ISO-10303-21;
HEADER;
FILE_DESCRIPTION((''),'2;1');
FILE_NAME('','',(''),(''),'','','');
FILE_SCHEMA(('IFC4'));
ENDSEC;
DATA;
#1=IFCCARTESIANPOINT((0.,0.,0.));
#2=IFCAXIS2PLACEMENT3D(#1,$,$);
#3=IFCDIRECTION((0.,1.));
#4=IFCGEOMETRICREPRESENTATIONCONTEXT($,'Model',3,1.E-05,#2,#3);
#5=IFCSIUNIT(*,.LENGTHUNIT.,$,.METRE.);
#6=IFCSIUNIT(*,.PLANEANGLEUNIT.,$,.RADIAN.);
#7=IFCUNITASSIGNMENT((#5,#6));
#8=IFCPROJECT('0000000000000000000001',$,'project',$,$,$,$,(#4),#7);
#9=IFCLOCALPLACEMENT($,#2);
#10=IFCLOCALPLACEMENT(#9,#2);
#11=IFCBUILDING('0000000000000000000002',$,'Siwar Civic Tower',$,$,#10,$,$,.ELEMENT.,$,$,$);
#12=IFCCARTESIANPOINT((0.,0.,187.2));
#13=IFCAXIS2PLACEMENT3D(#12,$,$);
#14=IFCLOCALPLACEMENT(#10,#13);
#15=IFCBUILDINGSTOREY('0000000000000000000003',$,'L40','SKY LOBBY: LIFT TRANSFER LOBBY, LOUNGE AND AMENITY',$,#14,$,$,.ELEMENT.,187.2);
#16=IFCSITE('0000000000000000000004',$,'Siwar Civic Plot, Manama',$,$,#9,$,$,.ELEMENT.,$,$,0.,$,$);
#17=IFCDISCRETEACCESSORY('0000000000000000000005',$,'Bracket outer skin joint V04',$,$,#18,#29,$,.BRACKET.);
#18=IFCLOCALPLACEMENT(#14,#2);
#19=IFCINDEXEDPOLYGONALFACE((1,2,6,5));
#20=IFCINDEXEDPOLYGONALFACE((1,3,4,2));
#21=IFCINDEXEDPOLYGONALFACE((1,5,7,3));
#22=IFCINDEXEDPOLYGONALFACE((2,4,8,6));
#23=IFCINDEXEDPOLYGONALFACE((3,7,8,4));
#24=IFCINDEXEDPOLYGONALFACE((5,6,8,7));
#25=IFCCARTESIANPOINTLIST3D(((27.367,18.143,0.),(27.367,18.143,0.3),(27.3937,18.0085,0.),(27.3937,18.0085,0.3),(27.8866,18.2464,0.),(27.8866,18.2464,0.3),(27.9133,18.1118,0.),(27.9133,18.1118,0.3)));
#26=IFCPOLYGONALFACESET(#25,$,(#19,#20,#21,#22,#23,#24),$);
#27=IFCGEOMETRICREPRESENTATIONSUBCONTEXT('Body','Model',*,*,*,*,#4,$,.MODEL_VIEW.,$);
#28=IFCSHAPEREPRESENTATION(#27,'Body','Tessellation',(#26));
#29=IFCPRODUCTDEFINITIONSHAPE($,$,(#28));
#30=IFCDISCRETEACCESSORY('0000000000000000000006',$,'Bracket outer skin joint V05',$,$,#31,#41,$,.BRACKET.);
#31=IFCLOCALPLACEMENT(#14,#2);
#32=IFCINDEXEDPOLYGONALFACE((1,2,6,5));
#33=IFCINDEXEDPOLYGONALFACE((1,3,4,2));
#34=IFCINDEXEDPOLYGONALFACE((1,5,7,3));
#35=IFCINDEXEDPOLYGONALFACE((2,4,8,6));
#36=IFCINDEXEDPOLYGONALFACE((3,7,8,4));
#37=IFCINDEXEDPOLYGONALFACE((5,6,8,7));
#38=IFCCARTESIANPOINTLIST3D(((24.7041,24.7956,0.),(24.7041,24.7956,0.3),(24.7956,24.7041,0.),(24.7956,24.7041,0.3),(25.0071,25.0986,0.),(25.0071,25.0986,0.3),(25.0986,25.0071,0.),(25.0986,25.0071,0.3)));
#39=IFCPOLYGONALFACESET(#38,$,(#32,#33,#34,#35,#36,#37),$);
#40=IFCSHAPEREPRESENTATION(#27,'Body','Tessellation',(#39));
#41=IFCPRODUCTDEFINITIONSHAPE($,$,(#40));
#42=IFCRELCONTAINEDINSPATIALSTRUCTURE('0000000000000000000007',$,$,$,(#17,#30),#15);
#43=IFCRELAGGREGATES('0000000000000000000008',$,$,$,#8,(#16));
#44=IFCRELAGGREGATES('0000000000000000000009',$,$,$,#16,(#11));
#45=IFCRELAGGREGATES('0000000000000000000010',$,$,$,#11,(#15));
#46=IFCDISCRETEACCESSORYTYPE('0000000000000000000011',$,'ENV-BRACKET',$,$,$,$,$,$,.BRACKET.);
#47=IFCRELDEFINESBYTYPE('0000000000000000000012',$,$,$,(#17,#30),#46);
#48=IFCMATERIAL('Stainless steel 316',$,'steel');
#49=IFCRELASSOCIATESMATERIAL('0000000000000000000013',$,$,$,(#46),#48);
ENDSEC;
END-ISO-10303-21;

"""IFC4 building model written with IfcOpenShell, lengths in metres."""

from ifc_helpers import new_model, si_unit, direction, frame, origin, origin_2d, place, context, subcontext, project, spatial, rectangle, extrude, material, type_object, element, save


model = new_model("IFC4")

# Units and contexts
model_context = context("Model", 3, precision=1e-05, world=origin(), true_north=direction((0.0, 1.0)))
body_context = subcontext(model_context, "Body", "Model", "MODEL_VIEW")
ifc_project = project(units=[si_unit("LENGTHUNIT", "METRE"), si_unit("PLANEANGLEUNIT", "RADIAN")], contexts=[model_context])

# Site, building, storey
site_placement = place(None, origin())
site = spatial("IfcSite", under=ifc_project, at=site_placement, Name="Siwar Civic Plot, Manama", CompositionType="ELEMENT", RefElevation=0.0)
building_placement = place(site_placement, origin())
building = spatial("IfcBuilding", under=site, at=building_placement, Name="Siwar Civic Tower", CompositionType="ELEMENT")
storey_placement = place(building_placement, frame((0.0, 0.0, 187.2)))
storey = spatial("IfcBuildingStorey", under=building, at=storey_placement, Name="L40", Description="SKY LOBBY: LIFT TRANSFER LOBBY, LOUNGE AND AMENITY", CompositionType="ELEMENT", Elevation=187.2)

# Discrete accessories
ifc_material_1 = material(Name="Stainless steel 316", Category="steel")
discrete_accessory_type = type_object("IfcDiscreteAccessoryType", Name="ENV-BRACKET", PredefinedType="BRACKET", material=ifc_material_1)
discrete_accessory_1_placement = place(storey_placement, frame((27.6401, 18.1274, 0.0), z_axis=(0.0, 0.0, 1.0), x_axis=(0.980785, 0.19509, 0.0)))
element("IfcDiscreteAccessory", 1, at=discrete_accessory_1_placement, inside=storey, type_object=discrete_accessory_type, Name="Bracket outer skin joint V04", PredefinedType="BRACKET", context=body_context, shape_type="SweptSolid", body=[
    extrude(rectangle(XDim=0.5298, YDim=0.1372, at=origin_2d()), origin(), (0.0, 0.0, 1.0), 0.3),
])
discrete_accessory_2_placement = place(storey_placement, frame((24.9014, 24.9014, 0.0), z_axis=(0.0, 0.0, 1.0), x_axis=(0.707107, 0.707107, 0.0)))
element("IfcDiscreteAccessory", 2, at=discrete_accessory_2_placement, inside=storey, type_object=discrete_accessory_type, Name="Bracket outer skin joint V05", PredefinedType="BRACKET", context=body_context, shape_type="SweptSolid", body=[
    extrude(rectangle(XDim=0.4285, YDim=0.1294, at=origin_2d()), origin(), (0.0, 0.0, 1.0), 0.3),
])

save(model, "model.ifc")
